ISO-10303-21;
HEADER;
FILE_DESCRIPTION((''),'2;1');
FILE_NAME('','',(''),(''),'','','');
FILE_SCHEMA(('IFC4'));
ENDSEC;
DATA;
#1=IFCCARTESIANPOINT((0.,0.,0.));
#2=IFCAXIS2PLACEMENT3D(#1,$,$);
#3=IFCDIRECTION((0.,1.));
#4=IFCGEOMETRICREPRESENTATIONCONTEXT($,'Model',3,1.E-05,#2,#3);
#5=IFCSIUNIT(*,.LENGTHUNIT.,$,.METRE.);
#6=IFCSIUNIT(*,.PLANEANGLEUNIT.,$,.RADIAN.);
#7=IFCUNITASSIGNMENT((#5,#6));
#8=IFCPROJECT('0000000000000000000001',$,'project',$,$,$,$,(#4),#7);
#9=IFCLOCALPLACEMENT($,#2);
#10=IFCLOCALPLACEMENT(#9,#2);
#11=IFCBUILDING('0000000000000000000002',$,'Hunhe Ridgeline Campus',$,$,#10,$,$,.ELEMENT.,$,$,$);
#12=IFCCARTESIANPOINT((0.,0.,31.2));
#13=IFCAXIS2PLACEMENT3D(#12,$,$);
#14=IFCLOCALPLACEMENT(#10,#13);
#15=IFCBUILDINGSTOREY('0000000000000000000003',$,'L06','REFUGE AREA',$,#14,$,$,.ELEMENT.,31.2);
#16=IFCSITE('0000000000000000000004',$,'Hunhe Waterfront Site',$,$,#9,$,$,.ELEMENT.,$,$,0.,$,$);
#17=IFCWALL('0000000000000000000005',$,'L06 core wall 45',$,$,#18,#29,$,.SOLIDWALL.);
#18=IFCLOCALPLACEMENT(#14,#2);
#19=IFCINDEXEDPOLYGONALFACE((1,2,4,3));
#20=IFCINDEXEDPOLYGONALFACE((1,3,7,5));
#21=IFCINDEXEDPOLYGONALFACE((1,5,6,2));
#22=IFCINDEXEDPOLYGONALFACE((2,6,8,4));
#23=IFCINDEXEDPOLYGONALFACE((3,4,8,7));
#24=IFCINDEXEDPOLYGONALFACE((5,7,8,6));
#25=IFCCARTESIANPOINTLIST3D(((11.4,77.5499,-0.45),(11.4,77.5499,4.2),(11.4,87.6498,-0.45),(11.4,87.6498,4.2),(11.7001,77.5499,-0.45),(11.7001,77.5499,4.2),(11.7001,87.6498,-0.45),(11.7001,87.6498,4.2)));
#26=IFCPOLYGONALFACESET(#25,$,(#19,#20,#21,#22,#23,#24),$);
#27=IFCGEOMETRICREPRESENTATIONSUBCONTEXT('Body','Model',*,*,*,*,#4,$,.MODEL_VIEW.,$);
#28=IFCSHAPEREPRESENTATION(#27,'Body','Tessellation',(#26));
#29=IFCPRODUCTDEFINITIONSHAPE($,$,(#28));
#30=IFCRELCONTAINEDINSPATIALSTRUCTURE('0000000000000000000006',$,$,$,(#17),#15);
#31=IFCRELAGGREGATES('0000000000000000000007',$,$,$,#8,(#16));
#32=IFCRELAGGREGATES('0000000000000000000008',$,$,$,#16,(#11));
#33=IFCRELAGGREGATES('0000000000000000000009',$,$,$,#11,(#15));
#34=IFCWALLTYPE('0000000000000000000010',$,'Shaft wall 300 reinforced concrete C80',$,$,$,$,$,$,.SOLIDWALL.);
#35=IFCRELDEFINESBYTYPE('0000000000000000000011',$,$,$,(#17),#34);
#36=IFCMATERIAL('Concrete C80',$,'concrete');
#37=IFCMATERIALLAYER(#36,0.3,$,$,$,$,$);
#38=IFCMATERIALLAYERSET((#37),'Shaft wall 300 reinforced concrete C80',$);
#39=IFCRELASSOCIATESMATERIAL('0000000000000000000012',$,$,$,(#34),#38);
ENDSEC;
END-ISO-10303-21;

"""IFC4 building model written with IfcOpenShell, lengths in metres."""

from ifc_helpers import new_model, si_unit, direction, frame, frame_2d, origin, place, context, subcontext, project, spatial, rectangle, extrude, material, layer, layer_set, type_object, element, save


model = new_model("IFC4")

# Units and contexts
model_context = context("Model", 3, precision=1e-05, world=origin(), true_north=direction((0.0, 1.0)))
body_context = subcontext(model_context, "Body", "Model", "MODEL_VIEW")
ifc_project = project(units=[si_unit("LENGTHUNIT", "METRE"), si_unit("PLANEANGLEUNIT", "RADIAN")], contexts=[model_context])

# Site, building, storey
site_placement = place(None, origin())
site = spatial("IfcSite", under=ifc_project, at=site_placement, Name="Hunhe Waterfront Site", CompositionType="ELEMENT", RefElevation=0.0)
building_placement = place(site_placement, origin())
building = spatial("IfcBuilding", under=site, at=building_placement, Name="Hunhe Ridgeline Campus", CompositionType="ELEMENT")
storey_placement = place(building_placement, frame((0.0, 0.0, 31.2)))
storey = spatial("IfcBuildingStorey", under=building, at=storey_placement, Name="L06", Description="REFUGE AREA", CompositionType="ELEMENT", Elevation=31.2)

# Shared definitions
ifc_material_1 = material(Name="Concrete C80", Category="concrete")
ifc_layer_1 = layer(ifc_material_1, 0.3)
ifc_layer_set_1 = layer_set([ifc_layer_1], Name="Shaft wall 300 reinforced concrete C80")
wall_type_1 = type_object("IfcWallType", Name="Shaft wall 300 reinforced concrete C80", PredefinedType="SOLIDWALL", material=ifc_layer_set_1)

# Wall
wall_1_placement = place(storey_placement, frame((11.55, 77.55, -0.45), z_axis=(0.0, 0.0, 1.0), x_axis=(0.0, 1.0, 0.0)))
element("IfcWall", 1, at=wall_1_placement, inside=storey, type_object=wall_type_1, Name="L06 core wall 45", PredefinedType="SOLIDWALL", context=body_context, shape_type="SweptSolid", body=[
    extrude(rectangle(XDim=10.0999, YDim=0.3, at=frame_2d((5.0498, 0.0))), origin(), (0.0, 0.0, 1.0), 4.6499),
])

save(model, "model.ifc")
